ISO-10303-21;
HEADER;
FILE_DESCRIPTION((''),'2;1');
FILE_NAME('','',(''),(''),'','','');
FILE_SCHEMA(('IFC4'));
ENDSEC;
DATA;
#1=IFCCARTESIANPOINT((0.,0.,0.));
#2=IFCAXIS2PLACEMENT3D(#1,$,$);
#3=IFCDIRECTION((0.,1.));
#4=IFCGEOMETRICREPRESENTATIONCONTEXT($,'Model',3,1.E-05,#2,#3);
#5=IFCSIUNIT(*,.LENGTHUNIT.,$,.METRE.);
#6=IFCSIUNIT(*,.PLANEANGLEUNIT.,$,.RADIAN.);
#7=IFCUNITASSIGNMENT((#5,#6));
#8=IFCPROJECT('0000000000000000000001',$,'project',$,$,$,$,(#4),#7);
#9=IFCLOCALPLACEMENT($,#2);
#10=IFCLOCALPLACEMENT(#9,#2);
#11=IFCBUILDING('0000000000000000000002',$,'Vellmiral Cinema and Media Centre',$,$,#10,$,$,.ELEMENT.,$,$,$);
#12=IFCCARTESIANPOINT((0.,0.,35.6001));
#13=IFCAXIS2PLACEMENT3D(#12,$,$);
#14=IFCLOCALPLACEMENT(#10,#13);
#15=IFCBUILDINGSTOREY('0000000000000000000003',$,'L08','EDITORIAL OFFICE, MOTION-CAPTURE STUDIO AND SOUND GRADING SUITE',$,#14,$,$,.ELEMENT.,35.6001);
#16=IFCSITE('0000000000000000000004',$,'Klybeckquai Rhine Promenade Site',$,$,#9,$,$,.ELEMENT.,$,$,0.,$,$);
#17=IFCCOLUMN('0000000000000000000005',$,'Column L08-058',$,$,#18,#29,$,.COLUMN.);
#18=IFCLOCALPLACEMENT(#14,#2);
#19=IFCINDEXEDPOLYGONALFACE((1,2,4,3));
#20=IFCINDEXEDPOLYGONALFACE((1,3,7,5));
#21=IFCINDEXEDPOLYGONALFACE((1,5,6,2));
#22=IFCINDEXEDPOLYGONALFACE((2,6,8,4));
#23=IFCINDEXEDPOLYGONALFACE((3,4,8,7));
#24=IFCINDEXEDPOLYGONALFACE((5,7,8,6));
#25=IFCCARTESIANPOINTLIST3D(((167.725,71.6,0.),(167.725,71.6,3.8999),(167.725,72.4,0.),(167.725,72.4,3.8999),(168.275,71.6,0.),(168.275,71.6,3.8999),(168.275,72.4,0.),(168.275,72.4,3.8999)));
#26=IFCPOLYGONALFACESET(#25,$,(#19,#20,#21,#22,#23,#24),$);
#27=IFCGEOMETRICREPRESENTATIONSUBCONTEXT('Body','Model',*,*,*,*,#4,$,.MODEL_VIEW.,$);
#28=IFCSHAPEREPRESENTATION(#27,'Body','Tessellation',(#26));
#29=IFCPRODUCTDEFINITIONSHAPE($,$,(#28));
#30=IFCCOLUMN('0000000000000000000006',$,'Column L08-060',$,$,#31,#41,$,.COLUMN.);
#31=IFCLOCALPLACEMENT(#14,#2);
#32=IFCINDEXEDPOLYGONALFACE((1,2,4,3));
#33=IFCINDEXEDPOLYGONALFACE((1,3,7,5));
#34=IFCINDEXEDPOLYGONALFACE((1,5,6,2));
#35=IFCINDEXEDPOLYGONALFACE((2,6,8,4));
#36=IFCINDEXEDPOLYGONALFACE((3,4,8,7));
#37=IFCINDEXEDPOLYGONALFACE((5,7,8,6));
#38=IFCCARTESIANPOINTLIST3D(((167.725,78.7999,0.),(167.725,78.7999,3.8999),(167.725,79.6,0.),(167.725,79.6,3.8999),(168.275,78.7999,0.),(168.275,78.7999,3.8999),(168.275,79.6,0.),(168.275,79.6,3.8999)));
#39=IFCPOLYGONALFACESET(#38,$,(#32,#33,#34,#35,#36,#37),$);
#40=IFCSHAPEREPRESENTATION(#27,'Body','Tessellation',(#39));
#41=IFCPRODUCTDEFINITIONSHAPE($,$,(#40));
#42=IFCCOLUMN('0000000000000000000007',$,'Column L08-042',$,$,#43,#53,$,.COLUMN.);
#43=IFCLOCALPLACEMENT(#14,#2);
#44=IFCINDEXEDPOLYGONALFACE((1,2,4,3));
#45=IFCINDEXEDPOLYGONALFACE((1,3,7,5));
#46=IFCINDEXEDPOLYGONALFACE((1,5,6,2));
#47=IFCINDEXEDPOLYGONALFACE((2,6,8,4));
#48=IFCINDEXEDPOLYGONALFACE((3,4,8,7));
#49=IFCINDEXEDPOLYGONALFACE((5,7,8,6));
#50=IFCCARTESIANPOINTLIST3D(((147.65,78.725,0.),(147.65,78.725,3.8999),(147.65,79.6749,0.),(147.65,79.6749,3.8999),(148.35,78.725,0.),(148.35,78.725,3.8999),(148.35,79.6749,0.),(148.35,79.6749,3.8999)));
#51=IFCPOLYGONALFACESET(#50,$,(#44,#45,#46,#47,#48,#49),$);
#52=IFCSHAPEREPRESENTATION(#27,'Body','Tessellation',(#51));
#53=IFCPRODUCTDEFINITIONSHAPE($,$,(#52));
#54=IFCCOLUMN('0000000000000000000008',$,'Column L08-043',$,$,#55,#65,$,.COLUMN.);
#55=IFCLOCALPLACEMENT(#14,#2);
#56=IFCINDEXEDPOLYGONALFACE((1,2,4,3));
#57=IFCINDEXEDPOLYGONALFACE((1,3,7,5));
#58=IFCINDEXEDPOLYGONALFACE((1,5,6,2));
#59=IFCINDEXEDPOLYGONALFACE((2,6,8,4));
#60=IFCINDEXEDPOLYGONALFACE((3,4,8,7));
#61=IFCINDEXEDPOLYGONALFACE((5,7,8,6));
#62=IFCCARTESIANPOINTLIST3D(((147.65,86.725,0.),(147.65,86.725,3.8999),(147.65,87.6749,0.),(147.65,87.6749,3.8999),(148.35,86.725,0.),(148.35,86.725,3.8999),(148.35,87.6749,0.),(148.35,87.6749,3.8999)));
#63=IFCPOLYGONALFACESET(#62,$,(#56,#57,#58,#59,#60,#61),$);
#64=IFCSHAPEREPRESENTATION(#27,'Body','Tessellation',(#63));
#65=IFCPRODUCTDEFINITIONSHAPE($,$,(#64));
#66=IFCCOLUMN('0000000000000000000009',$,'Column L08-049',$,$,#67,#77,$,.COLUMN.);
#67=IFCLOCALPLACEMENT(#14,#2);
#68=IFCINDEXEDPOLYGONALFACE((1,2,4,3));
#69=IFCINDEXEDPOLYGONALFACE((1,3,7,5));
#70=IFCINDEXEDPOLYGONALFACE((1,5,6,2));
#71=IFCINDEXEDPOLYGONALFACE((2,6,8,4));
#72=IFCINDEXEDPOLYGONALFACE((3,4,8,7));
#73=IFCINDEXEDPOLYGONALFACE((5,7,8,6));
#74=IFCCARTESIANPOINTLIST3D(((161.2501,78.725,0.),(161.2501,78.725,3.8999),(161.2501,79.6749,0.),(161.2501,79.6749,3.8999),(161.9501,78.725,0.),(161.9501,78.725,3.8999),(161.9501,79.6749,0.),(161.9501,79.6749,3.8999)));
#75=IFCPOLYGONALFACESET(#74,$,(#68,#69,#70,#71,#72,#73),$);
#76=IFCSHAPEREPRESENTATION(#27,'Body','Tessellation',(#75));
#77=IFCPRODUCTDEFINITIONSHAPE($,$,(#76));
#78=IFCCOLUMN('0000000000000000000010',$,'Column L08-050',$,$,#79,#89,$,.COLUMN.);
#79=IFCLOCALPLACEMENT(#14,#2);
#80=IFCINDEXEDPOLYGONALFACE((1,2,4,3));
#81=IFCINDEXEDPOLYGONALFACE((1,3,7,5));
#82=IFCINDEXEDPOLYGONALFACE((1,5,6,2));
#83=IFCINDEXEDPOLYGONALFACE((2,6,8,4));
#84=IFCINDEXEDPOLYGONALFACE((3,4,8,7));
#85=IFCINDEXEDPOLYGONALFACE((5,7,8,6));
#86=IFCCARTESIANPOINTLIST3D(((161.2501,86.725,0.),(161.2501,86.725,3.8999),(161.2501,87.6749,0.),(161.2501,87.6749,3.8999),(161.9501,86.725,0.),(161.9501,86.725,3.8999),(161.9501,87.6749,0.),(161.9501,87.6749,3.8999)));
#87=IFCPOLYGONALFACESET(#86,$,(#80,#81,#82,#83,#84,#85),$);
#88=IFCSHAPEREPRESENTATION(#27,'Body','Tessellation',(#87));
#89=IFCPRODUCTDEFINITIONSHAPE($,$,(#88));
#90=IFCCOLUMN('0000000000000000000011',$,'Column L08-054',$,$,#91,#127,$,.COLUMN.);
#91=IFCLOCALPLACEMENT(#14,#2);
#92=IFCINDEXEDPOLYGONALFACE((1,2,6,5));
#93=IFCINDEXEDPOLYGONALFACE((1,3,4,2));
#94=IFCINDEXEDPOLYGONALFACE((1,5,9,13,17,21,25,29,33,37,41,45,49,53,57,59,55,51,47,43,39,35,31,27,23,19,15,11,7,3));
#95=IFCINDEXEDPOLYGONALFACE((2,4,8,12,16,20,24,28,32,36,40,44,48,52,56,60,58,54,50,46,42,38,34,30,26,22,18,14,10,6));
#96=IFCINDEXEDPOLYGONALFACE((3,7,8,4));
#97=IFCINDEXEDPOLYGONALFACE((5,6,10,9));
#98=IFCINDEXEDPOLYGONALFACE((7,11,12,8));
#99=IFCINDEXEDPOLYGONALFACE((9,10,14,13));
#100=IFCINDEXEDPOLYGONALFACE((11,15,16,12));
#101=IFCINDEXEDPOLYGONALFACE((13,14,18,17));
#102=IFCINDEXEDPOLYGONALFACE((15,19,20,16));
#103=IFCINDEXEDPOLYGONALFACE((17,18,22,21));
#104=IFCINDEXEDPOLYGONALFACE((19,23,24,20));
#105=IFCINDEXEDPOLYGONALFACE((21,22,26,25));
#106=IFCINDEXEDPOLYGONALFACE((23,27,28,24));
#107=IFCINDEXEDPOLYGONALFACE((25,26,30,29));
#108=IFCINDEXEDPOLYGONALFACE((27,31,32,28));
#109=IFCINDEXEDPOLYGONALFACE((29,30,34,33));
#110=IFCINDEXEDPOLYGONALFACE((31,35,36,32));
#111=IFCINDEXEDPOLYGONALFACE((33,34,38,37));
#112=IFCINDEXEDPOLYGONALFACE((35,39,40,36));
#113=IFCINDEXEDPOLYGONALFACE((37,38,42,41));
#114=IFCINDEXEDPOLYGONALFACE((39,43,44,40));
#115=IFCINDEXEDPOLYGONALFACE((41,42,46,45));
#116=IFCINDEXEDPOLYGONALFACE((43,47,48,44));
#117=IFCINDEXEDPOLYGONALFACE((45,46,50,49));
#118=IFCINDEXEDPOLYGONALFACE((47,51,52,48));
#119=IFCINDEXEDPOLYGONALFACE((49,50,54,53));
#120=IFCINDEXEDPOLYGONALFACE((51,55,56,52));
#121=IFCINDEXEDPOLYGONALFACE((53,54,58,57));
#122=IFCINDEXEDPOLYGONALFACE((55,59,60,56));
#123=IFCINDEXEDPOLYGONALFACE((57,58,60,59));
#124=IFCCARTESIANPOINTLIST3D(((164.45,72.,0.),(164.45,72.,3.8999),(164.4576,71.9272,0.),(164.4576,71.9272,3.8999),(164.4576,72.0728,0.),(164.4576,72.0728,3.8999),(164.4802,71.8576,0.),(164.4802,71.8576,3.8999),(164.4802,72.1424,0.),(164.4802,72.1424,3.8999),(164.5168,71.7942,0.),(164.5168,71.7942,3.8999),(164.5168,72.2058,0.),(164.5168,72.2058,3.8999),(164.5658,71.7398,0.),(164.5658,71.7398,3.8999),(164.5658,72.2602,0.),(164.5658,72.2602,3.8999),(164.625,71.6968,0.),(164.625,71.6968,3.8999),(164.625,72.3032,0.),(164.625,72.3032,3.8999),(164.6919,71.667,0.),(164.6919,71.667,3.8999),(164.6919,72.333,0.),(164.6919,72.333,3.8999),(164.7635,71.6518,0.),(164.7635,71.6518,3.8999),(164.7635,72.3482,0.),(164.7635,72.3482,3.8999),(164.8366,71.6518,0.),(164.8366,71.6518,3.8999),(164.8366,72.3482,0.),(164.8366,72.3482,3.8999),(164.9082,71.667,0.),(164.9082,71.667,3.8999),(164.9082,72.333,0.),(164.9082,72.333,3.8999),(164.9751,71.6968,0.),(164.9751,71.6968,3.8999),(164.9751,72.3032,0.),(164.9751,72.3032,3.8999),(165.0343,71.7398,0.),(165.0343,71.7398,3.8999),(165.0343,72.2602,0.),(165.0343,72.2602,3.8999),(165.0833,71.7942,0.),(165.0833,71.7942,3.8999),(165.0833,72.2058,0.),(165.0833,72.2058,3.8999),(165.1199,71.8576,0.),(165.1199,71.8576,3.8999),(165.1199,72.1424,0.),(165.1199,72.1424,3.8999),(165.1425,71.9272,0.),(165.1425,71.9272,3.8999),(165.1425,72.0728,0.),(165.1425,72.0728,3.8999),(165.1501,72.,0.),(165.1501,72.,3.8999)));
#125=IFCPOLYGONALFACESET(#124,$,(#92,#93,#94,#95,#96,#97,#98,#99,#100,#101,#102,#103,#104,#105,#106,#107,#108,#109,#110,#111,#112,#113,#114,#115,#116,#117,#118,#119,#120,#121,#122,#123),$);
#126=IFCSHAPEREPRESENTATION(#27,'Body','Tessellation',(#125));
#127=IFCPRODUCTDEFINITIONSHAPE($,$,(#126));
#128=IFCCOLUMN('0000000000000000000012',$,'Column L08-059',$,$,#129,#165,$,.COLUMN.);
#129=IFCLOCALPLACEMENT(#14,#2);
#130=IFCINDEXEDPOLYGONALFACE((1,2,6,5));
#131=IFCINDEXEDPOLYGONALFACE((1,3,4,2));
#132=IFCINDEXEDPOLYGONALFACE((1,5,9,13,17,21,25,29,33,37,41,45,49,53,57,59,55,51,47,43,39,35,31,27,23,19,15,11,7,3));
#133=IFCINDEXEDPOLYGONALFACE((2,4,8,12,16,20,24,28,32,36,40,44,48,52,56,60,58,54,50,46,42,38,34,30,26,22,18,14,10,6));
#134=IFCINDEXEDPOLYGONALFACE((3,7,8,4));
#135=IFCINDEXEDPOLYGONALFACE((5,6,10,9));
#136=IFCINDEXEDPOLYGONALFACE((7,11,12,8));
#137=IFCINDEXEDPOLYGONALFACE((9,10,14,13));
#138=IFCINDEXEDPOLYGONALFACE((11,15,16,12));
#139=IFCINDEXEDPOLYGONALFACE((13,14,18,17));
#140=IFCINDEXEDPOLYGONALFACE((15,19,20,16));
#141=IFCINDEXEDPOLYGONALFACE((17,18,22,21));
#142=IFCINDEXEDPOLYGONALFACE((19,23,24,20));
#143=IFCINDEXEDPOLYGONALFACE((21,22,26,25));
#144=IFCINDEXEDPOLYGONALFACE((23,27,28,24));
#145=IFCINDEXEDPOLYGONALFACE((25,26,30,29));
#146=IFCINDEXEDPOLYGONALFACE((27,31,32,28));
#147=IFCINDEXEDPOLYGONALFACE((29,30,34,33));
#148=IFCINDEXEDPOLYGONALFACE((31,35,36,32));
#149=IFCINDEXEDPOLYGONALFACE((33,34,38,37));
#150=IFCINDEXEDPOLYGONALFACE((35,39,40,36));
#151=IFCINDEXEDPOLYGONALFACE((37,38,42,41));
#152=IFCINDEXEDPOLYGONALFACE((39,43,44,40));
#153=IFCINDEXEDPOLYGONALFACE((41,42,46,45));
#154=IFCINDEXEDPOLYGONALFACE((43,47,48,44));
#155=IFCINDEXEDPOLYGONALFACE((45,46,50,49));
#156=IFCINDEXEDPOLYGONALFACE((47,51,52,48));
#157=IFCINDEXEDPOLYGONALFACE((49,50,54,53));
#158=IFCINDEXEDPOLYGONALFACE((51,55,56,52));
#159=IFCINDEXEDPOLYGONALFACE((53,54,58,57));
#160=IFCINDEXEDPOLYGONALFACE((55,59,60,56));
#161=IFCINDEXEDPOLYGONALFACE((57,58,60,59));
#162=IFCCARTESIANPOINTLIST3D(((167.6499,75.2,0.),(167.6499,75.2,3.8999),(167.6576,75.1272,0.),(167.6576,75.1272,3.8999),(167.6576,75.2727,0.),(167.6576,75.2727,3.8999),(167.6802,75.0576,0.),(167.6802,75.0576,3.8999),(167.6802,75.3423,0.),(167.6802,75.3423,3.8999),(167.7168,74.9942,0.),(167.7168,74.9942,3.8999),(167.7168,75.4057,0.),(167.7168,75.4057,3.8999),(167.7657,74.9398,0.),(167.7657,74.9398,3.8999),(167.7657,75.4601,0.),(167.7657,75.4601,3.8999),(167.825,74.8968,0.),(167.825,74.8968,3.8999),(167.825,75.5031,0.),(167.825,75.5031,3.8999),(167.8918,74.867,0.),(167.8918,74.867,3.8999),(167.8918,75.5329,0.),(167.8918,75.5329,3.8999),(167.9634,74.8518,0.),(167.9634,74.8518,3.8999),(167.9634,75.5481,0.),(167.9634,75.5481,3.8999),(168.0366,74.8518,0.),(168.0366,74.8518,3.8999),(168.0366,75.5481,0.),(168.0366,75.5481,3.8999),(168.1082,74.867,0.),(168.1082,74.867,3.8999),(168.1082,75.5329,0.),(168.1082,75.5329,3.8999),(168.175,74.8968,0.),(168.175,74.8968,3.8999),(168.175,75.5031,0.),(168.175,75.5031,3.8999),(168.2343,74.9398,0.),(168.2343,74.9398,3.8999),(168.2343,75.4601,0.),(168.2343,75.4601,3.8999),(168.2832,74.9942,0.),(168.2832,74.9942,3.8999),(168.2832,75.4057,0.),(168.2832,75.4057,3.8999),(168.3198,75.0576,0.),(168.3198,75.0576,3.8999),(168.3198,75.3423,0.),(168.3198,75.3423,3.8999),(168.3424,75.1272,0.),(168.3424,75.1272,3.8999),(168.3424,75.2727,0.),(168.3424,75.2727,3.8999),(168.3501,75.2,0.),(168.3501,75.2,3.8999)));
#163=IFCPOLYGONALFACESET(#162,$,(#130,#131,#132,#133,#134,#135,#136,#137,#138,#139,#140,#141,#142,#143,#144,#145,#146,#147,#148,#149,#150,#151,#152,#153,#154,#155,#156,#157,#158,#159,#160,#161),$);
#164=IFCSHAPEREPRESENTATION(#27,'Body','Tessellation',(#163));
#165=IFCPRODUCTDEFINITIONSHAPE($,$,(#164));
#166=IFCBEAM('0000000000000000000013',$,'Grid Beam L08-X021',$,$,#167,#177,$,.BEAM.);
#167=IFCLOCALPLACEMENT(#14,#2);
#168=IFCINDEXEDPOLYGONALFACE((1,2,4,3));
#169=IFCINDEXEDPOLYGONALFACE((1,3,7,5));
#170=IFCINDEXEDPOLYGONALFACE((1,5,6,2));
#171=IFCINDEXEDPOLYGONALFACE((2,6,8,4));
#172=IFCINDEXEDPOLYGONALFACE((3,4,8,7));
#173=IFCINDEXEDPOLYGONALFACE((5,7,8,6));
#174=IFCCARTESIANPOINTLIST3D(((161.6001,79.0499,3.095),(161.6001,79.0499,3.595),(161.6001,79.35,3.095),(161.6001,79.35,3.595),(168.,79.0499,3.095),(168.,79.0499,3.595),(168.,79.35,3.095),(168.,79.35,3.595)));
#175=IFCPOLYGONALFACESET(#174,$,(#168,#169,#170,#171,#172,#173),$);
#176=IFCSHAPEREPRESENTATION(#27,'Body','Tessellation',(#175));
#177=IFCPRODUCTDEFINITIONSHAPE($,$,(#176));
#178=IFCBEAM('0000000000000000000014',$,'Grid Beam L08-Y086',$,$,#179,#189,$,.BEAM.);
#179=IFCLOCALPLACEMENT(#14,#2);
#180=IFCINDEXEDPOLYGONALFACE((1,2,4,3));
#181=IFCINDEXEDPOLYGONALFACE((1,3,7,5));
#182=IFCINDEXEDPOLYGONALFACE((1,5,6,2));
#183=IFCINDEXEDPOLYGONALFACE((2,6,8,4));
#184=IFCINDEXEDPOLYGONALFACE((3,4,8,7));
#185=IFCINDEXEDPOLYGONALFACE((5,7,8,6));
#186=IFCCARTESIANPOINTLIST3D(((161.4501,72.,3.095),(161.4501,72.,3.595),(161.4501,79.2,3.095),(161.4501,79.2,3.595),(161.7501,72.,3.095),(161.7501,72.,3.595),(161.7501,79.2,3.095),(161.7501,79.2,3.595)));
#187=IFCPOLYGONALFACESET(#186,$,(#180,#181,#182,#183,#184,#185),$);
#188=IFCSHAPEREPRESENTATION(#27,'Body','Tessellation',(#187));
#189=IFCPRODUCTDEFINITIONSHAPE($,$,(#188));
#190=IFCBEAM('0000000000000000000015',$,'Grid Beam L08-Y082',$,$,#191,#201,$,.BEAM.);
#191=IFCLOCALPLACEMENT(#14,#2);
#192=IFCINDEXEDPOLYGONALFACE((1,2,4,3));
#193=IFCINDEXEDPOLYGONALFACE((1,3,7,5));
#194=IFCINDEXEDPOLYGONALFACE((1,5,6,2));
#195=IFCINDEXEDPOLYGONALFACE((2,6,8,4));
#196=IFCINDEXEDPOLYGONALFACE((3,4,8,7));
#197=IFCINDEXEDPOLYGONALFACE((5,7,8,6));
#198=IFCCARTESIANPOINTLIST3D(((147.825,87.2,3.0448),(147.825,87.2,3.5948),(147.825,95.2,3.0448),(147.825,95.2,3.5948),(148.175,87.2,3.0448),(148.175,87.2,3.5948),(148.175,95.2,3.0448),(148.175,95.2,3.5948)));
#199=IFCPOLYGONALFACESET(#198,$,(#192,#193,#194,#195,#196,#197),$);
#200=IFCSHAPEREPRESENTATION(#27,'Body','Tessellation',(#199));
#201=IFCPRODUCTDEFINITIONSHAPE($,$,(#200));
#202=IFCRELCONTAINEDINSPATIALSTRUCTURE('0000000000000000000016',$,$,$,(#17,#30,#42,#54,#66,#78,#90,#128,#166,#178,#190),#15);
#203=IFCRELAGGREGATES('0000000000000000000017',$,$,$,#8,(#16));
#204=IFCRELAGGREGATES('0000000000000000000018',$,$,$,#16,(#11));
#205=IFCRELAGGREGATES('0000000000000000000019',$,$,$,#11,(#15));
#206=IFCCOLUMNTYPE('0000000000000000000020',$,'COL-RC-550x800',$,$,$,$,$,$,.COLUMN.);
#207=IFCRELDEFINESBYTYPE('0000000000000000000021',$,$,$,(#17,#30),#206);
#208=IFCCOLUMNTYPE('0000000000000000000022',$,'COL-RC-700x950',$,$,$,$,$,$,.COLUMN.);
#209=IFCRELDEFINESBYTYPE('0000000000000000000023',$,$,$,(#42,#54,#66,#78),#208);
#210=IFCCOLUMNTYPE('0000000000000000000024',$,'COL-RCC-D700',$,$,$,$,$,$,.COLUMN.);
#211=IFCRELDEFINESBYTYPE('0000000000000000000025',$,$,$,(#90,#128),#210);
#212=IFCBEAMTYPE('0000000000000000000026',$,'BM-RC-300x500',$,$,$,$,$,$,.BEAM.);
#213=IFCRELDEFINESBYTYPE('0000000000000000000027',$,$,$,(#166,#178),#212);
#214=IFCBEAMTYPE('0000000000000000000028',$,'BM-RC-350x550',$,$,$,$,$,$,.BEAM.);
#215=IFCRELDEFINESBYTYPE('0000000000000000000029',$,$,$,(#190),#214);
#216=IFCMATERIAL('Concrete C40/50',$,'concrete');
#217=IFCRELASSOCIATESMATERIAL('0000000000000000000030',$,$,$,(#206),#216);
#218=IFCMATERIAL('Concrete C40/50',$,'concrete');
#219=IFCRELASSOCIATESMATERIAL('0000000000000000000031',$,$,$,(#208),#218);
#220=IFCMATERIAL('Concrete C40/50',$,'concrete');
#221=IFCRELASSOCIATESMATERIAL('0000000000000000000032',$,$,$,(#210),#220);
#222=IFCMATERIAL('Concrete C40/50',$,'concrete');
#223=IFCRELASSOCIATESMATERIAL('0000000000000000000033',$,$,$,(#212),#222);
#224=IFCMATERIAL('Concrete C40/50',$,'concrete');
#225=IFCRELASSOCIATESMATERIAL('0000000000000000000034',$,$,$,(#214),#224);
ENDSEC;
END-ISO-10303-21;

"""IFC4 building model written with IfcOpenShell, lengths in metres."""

from ifc_helpers import new_model, si_unit, direction, frame, origin, origin_2d, place, context, subcontext, project, spatial, rectangle, circle, extrude, material, material_profile, profile_set, type_object, element, save


model = new_model("IFC4")

# Units and contexts
model_context = context("Model", 3, precision=1e-05, world=origin(), true_north=direction((0.0, 1.0)))
body_context = subcontext(model_context, "Body", "Model", "MODEL_VIEW")
ifc_project = project(units=[si_unit("LENGTHUNIT", "METRE"), si_unit("PLANEANGLEUNIT", "RADIAN")], contexts=[model_context])

# Site, building, storey
site_placement = place(None, origin())
site = spatial("IfcSite", under=ifc_project, at=site_placement, Name="Klybeckquai Rhine Promenade Site", CompositionType="ELEMENT", RefElevation=0.0)
building_placement = place(site_placement, origin())
building = spatial("IfcBuilding", under=site, at=building_placement, Name="Vellmiral Cinema and Media Centre", CompositionType="ELEMENT")
storey_placement = place(building_placement, frame((0.0, 0.0, 35.6001)))
storey = spatial("IfcBuildingStorey", under=building, at=storey_placement, Name="L08", Description="EDITORIAL OFFICE, MOTION-CAPTURE STUDIO AND SOUND GRADING SUITE", CompositionType="ELEMENT", Elevation=35.6001)

# Columns
ifc_material_1 = material(Name="Concrete C40/50", Category="concrete")
ifc_material_profile_1 = material_profile(ifc_material_1, rectangle(XDim=0.55, YDim=0.8, at=origin_2d()), Name="RC 550x800")
ifc_profile_set_1 = profile_set([ifc_material_profile_1], Name="Concrete C40/50")
column_type_1 = type_object("IfcColumnType", Name="COL-RC-550x800", PredefinedType="COLUMN", material=ifc_profile_set_1)
for number, where, z_axis, x_axis, name in (
    (1, (168.0, 72.0, 0.0), (0.0, 0.0, 1.0), (1.0, 0.0, 0.0), "Column L08-058"),
    (2, (168.0, 79.2, 0.0), (0.0, 0.0, 1.0), (1.0, 0.0, 0.0), "Column L08-060"),
):
    element("IfcColumn", number, at=place(storey_placement, frame(where, z_axis=z_axis, x_axis=x_axis)), inside=storey, type_object=column_type_1, Name=name, PredefinedType="COLUMN", context=body_context, shape_type="SweptSolid", body=[
        extrude(rectangle(XDim=0.55, YDim=0.8, at=origin_2d()), origin(), (0.0, 0.0, 1.0), 3.8999),
    ])
ifc_material_2 = material(Name="Concrete C40/50", Category="concrete")
ifc_material_profile_2 = material_profile(ifc_material_2, rectangle(XDim=0.7, YDim=0.95, at=origin_2d()), Name="RC 700x950")
ifc_profile_set_2 = profile_set([ifc_material_profile_2], Name="Concrete C40/50")
column_type_2 = type_object("IfcColumnType", Name="COL-RC-700x950", PredefinedType="COLUMN", material=ifc_profile_set_2)
for number, where, z_axis, x_axis, name in (
    (3, (148.0, 79.2, 0.0), (0.0, 0.0, 1.0), (1.0, 0.0, 0.0), "Column L08-042"),
    (4, (148.0, 87.2, 0.0), (0.0, 0.0, 1.0), (1.0, 0.0, 0.0), "Column L08-043"),
    (5, (161.6001, 79.2, 0.0), (0.0, 0.0, 1.0), (1.0, 0.0, 0.0), "Column L08-049"),
    (6, (161.6001, 87.2, 0.0), (0.0, 0.0, 1.0), (1.0, 0.0, 0.0), "Column L08-050"),
):
    element("IfcColumn", number, at=place(storey_placement, frame(where, z_axis=z_axis, x_axis=x_axis)), inside=storey, type_object=column_type_2, Name=name, PredefinedType="COLUMN", context=body_context, shape_type="SweptSolid", body=[
        extrude(rectangle(XDim=0.7, YDim=0.95, at=origin_2d()), origin(), (0.0, 0.0, 1.0), 3.8999),
    ])
ifc_material_3 = material(Name="Concrete C40/50", Category="concrete")
ifc_material_profile_3 = material_profile(ifc_material_3, circle(Radius=0.3501, at=origin_2d()), Name="RC D700")
ifc_profile_set_3 = profile_set([ifc_material_profile_3], Name="Concrete C40/50")
column_type_3 = type_object("IfcColumnType", Name="COL-RCC-D700", PredefinedType="COLUMN", material=ifc_profile_set_3)
for number, where, z_axis, x_axis, name in (
    (7, (164.8, 72.0, 0.0), (0.0, 0.0, 1.0), (1.0, 0.0, 0.0), "Column L08-054"),
    (8, (168.0, 75.2, 0.0), (0.0, 0.0, 1.0), (1.0, 0.0, 0.0), "Column L08-059"),
):
    element("IfcColumn", number, at=place(storey_placement, frame(where, z_axis=z_axis, x_axis=x_axis)), inside=storey, type_object=column_type_3, Name=name, PredefinedType="COLUMN", context=body_context, shape_type="SweptSolid", body=[
        extrude(circle(Radius=0.3501, at=origin_2d()), origin(), (0.0, 0.0, 1.0), 3.8999),
    ])

# Beams
ifc_material_4 = material(Name="Concrete C40/50", Category="concrete")
ifc_material_profile_4 = material_profile(ifc_material_4, rectangle(XDim=0.3, YDim=0.5, at=origin_2d()), Name="RC 300x500")
ifc_profile_set_4 = profile_set([ifc_material_profile_4], Name="Concrete C40/50")
beam_type_1 = type_object("IfcBeamType", Name="BM-RC-300x500", PredefinedType="BEAM", material=ifc_profile_set_4)
beam_1_placement = place(storey_placement, frame((161.6001, 79.2, 3.345), z_axis=(1.0, 0.0, 0.0), x_axis=(0.0, 1.0, 0.0)))
element("IfcBeam", 9, at=beam_1_placement, inside=storey, type_object=beam_type_1, Name="Grid Beam L08-X021", PredefinedType="BEAM", context=body_context, shape_type="SweptSolid", body=[
    extrude(rectangle(XDim=0.3, YDim=0.5, at=origin_2d()), origin(), (0.0, 0.0, 1.0), 6.3999),
])
beam_2_placement = place(storey_placement, frame((161.6001, 72.0, 3.345), z_axis=(0.0, 1.0, 0.0), x_axis=(-1.0, 0.0, 0.0)))
element("IfcBeam", 10, at=beam_2_placement, inside=storey, type_object=beam_type_1, Name="Grid Beam L08-Y086", PredefinedType="BEAM", context=body_context, shape_type="SweptSolid", body=[
    extrude(rectangle(XDim=0.3, YDim=0.5, at=origin_2d()), origin(), (0.0, 0.0, 1.0), 7.2),
])
ifc_material_5 = material(Name="Concrete C40/50", Category="concrete")
ifc_material_profile_5 = material_profile(ifc_material_5, rectangle(XDim=0.3501, YDim=0.55, at=origin_2d()), Name="RC 350x550")
ifc_profile_set_5 = profile_set([ifc_material_profile_5], Name="Concrete C40/50")
beam_type_2 = type_object("IfcBeamType", Name="BM-RC-350x550", PredefinedType="BEAM", material=ifc_profile_set_5)
beam_3_placement = place(storey_placement, frame((148.0, 87.2, 3.3198), z_axis=(0.0, 1.0, 0.0), x_axis=(-1.0, 0.0, 0.0)))
element("IfcBeam", 11, at=beam_3_placement, inside=storey, type_object=beam_type_2, Name="Grid Beam L08-Y082", PredefinedType="BEAM", context=body_context, shape_type="SweptSolid", body=[
    extrude(rectangle(XDim=0.3501, YDim=0.55, at=origin_2d()), origin(), (0.0, 0.0, 1.0), 8.0),
])

save(model, "model.ifc")
